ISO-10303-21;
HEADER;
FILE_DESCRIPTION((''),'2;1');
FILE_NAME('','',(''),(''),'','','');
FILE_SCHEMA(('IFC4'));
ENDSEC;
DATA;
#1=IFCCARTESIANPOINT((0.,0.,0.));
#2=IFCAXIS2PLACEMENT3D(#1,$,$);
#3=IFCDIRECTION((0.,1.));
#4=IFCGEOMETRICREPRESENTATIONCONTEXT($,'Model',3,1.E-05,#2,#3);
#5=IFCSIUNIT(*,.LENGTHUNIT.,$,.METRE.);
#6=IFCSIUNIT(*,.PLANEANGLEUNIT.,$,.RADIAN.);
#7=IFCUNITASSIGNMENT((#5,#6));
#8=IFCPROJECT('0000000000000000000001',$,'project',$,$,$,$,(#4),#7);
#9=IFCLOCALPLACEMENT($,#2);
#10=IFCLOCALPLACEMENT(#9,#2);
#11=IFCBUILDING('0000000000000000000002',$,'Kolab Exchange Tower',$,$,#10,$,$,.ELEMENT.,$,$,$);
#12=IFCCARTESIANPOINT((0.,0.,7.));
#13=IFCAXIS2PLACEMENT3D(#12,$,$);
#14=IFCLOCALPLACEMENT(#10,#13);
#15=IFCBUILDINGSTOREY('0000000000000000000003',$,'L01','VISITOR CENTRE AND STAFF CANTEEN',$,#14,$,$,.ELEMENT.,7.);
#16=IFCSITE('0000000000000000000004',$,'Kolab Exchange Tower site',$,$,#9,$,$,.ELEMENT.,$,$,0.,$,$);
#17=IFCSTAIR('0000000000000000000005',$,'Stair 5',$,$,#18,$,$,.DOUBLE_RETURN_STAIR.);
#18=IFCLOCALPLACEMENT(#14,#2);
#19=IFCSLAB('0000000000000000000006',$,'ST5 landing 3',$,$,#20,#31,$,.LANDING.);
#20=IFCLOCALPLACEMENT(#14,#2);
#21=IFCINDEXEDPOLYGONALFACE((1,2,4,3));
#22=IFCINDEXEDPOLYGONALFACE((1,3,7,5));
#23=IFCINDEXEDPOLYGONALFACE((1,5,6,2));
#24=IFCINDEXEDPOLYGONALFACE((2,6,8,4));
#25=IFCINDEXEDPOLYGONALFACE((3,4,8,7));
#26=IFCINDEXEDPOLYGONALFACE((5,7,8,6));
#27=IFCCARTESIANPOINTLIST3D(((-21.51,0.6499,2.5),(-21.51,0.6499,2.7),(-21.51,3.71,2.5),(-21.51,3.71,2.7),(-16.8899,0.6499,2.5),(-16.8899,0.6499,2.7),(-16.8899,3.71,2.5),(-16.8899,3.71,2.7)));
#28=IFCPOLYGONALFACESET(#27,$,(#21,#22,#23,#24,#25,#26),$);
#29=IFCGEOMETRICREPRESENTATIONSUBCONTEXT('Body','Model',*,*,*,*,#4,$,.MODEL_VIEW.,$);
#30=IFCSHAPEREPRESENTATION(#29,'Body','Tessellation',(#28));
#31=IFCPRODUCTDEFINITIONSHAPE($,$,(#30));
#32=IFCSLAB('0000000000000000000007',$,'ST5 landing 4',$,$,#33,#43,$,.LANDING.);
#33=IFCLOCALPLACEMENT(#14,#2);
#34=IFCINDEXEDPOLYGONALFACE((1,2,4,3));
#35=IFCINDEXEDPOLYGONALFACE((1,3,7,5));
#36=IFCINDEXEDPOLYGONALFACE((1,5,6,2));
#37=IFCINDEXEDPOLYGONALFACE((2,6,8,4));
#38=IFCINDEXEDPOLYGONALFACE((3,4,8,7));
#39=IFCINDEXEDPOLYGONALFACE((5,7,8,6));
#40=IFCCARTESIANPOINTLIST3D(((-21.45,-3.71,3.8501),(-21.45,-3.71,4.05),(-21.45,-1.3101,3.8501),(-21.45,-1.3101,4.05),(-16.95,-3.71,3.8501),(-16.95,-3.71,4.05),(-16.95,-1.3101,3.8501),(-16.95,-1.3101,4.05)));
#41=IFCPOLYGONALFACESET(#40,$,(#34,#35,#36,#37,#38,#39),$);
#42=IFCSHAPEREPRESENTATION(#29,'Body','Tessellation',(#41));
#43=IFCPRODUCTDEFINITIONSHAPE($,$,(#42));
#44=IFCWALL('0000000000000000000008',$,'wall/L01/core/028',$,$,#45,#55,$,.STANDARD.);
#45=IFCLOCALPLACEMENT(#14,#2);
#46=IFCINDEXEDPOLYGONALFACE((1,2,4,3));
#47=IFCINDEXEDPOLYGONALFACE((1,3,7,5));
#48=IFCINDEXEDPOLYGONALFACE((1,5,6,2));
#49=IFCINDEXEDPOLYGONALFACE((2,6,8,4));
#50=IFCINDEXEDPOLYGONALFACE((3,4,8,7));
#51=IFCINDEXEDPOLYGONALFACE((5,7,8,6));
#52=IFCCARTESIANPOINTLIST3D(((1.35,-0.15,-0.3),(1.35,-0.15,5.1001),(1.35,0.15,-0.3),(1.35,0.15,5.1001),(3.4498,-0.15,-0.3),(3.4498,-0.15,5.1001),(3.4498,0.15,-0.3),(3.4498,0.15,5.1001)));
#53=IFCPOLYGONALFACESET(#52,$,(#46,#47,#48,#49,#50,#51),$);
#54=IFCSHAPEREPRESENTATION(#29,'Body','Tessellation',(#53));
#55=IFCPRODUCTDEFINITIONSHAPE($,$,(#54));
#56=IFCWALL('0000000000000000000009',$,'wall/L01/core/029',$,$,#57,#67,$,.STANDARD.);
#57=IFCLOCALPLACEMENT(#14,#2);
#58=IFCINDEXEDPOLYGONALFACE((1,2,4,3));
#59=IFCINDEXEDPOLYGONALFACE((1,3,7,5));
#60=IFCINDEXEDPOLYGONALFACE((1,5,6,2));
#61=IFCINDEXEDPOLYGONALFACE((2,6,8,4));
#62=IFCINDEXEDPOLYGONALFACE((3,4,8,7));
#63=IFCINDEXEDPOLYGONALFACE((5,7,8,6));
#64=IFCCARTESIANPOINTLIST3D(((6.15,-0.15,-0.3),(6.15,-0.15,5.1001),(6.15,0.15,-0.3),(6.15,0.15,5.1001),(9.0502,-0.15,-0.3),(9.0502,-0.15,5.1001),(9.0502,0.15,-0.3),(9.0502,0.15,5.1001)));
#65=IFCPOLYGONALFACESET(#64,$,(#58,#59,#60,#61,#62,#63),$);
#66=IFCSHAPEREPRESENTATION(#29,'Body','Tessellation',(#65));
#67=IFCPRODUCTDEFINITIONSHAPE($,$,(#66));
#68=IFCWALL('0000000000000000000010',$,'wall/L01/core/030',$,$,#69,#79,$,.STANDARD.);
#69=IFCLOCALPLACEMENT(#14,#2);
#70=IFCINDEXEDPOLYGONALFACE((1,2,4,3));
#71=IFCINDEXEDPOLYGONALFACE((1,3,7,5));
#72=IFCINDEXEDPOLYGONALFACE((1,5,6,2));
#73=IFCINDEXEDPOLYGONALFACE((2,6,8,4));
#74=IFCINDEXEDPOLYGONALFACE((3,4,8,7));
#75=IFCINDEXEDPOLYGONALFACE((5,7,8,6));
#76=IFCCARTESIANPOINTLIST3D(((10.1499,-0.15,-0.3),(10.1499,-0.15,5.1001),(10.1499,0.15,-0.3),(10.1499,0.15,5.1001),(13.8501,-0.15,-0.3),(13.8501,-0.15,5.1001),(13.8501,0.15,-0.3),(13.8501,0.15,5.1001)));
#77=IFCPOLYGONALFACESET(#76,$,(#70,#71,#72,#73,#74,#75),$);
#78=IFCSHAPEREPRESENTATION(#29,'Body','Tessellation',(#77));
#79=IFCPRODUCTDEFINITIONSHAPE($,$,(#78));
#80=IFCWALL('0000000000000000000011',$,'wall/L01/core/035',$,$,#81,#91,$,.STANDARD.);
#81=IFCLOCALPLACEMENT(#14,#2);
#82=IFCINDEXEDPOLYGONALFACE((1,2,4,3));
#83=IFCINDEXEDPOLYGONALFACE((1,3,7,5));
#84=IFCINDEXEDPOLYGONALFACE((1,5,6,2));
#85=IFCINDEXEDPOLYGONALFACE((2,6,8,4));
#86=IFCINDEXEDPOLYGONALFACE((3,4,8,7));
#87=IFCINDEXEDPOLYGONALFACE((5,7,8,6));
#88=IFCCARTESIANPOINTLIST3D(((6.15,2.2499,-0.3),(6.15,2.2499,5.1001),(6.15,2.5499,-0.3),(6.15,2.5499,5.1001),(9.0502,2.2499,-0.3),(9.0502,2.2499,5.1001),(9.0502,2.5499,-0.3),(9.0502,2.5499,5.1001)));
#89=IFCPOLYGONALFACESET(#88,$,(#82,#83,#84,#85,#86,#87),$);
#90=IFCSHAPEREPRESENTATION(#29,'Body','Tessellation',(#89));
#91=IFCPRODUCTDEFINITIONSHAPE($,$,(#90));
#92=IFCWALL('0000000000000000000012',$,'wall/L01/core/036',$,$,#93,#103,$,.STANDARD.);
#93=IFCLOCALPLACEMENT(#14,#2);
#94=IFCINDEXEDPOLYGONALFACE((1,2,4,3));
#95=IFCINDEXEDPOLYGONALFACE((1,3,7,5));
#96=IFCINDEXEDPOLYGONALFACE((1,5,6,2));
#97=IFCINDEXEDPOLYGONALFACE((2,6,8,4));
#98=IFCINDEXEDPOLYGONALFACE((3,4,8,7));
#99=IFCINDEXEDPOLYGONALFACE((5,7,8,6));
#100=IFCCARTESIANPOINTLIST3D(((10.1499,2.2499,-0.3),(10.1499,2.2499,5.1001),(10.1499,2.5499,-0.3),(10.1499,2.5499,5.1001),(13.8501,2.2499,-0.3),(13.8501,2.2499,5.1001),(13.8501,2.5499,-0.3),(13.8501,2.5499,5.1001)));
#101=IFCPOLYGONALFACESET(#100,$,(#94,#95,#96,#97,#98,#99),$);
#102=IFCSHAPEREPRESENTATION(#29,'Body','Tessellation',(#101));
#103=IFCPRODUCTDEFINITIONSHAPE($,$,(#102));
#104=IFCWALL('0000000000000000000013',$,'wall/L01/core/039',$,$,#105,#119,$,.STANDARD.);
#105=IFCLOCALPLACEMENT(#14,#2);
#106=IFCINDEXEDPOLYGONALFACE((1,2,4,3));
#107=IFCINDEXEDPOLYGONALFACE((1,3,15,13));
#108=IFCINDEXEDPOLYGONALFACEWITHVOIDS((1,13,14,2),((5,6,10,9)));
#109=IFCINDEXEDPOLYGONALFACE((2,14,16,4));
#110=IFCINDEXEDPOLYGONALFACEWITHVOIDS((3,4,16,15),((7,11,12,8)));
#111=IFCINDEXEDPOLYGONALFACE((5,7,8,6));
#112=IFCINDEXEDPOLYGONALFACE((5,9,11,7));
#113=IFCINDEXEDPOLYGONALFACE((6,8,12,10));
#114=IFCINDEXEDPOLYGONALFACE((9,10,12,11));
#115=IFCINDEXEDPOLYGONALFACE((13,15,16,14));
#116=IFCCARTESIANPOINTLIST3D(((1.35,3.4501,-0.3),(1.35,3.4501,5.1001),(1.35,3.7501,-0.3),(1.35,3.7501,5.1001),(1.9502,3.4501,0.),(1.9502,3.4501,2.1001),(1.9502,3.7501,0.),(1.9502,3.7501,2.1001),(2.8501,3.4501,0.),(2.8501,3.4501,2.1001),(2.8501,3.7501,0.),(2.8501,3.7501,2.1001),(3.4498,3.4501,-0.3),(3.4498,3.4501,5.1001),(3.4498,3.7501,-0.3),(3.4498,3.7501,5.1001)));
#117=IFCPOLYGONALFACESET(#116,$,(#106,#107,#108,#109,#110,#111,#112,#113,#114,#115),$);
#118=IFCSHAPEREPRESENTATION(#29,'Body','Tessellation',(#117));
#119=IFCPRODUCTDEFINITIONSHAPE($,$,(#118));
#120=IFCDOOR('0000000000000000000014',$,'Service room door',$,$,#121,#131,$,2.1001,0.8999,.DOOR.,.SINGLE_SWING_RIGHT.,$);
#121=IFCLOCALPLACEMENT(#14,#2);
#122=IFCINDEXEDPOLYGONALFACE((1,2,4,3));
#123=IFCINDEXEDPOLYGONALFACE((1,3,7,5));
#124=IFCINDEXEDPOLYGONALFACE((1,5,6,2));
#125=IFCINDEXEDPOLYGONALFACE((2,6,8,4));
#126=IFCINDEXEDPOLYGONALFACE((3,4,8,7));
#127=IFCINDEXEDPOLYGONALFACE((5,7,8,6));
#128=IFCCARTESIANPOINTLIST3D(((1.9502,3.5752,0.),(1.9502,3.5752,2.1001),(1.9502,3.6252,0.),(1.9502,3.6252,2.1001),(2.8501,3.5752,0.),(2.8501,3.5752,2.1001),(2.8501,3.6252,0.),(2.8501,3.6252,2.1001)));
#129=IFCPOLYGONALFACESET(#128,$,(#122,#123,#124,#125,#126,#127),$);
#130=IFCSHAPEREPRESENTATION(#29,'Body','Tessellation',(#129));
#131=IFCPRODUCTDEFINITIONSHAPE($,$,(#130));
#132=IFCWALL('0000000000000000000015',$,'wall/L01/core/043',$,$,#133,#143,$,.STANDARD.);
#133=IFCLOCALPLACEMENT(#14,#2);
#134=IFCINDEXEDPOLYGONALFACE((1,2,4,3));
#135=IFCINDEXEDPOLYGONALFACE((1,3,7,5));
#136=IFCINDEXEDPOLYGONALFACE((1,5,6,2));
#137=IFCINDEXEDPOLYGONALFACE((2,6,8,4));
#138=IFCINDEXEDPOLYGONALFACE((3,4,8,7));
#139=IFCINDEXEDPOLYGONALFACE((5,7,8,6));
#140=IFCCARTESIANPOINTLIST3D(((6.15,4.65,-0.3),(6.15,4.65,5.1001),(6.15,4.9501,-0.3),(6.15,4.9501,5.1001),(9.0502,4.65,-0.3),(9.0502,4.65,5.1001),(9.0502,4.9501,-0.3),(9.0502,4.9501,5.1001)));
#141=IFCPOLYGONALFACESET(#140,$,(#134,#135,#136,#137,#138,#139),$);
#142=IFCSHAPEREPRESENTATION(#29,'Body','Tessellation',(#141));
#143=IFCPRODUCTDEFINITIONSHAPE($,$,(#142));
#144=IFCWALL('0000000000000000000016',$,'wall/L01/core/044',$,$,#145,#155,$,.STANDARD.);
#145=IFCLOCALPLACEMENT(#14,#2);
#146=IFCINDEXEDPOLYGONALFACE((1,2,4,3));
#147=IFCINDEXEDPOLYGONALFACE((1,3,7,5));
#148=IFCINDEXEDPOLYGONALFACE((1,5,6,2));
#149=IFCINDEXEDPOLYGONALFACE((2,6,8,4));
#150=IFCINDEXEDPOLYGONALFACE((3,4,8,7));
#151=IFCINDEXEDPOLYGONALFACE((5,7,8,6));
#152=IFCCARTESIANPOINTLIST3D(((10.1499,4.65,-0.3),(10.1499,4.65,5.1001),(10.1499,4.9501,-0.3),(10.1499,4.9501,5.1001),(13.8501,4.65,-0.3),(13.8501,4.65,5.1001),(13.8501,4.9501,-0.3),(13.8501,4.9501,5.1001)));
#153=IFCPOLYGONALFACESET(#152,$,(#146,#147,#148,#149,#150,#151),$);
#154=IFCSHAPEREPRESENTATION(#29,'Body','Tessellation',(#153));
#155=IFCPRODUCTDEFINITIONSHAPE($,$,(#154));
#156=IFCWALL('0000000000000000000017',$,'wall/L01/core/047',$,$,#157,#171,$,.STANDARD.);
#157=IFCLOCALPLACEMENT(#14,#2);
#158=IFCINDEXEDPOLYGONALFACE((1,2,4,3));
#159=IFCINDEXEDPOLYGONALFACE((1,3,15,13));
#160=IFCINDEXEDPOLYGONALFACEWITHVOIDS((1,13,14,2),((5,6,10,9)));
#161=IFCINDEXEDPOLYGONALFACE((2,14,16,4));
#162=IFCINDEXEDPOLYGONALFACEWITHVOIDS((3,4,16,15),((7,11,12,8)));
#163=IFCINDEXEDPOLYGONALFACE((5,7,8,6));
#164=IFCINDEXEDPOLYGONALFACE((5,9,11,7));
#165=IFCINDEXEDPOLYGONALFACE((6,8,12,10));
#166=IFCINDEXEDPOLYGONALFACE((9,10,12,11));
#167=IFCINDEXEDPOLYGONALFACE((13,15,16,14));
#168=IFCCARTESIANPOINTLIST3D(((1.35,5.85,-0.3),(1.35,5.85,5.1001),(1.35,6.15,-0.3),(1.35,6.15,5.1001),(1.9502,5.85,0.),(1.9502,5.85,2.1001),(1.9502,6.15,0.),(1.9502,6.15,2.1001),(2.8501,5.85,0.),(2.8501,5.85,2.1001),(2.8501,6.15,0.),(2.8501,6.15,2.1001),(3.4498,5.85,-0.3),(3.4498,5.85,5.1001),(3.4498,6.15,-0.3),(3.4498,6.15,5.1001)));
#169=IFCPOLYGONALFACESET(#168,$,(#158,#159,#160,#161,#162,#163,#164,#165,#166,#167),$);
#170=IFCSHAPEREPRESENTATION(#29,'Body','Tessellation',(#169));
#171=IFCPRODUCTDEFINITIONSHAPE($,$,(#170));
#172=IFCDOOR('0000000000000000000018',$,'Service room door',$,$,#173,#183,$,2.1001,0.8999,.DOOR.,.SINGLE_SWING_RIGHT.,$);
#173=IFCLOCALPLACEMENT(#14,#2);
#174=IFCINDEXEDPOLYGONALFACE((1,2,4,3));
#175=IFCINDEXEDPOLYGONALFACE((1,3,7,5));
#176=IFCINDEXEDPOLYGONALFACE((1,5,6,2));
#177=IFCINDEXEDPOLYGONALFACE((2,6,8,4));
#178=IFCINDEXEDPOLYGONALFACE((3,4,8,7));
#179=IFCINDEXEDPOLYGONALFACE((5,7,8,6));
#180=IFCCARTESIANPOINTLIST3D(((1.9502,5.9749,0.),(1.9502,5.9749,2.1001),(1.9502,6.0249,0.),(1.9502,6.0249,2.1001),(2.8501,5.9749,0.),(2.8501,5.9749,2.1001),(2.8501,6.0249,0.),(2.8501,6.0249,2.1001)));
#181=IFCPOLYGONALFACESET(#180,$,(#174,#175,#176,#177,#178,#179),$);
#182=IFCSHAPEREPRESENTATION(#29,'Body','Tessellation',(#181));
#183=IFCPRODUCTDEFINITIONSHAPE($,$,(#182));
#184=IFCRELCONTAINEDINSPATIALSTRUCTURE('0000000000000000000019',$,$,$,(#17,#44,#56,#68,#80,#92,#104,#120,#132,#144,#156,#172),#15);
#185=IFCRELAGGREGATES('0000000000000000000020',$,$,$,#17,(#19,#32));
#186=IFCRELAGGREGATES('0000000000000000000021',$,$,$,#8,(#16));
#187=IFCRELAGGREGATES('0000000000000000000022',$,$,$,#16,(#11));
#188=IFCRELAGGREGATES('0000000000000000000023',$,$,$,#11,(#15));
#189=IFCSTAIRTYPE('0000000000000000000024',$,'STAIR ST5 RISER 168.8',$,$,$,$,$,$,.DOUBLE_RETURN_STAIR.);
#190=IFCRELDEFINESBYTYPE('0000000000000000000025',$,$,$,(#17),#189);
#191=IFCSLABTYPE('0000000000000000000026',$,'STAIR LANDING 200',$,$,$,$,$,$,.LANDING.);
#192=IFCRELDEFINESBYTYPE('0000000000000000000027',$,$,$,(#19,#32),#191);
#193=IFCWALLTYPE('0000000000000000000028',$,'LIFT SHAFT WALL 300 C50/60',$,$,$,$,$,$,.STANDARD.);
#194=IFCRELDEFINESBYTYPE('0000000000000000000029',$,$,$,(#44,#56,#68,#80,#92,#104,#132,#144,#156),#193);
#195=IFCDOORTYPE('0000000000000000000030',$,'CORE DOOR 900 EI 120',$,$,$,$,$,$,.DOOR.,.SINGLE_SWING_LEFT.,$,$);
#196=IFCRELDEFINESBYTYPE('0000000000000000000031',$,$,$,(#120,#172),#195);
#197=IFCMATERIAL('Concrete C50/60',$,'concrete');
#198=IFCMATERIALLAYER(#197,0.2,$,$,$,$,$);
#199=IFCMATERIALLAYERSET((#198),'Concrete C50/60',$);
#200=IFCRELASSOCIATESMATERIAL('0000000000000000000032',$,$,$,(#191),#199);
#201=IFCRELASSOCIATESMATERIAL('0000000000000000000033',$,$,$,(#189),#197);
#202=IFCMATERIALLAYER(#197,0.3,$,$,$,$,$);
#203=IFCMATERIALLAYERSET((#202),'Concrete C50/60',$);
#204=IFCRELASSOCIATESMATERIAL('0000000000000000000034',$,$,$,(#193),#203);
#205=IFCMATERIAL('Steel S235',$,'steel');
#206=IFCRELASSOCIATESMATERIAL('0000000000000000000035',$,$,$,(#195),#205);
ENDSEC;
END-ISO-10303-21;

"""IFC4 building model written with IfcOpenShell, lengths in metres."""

from ifc_helpers import new_model, si_unit, direction, frame, frame_2d, origin, place, context, subcontext, project, spatial, polyline, rectangle, outline, extrude, material, layer, layer_set, type_object, element, fill, aggregate, save


model = new_model("IFC4")

# Units and contexts
model_context = context("Model", 3, precision=1e-05, world=origin(), true_north=direction((0.0, 1.0)))
body_context = subcontext(model_context, "Body", "Model", "MODEL_VIEW")
ifc_project = project(units=[si_unit("LENGTHUNIT", "METRE"), si_unit("PLANEANGLEUNIT", "RADIAN")], contexts=[model_context])

# Site, building, storey
site_placement = place(None, origin())
site = spatial("IfcSite", under=ifc_project, at=site_placement, Name="Kolab Exchange Tower site", CompositionType="ELEMENT", RefElevation=0.0)
building_placement = place(site_placement, origin())
building = spatial("IfcBuilding", under=site, at=building_placement, Name="Kolab Exchange Tower", CompositionType="ELEMENT")
storey_placement = place(building_placement, frame((0.0, 0.0, 7.0)))
storey = spatial("IfcBuildingStorey", under=building, at=storey_placement, Name="L01", Description="VISITOR CENTRE AND STAFF CANTEEN", CompositionType="ELEMENT", Elevation=7.0)

# Stair, slabs
ifc_material_1 = material(Name="Concrete C50/60", Category="concrete")
ifc_layer_1 = layer(ifc_material_1, 0.2)
ifc_layer_set_1 = layer_set([ifc_layer_1], Name="Concrete C50/60")
slab_type = type_object("IfcSlabType", Name="STAIR LANDING 200", PredefinedType="LANDING", material=ifc_layer_set_1)
stair_type_1 = type_object("IfcStairType", Name="STAIR ST5 RISER 168.8", PredefinedType="DOUBLE_RETURN_STAIR", material=ifc_material_1)
stair_1_placement = place(storey_placement, origin())
stair_1 = element("IfcStair", 1, at=stair_1_placement, inside=storey, type_object=stair_type_1, Name="Stair 5", PredefinedType="DOUBLE_RETURN_STAIR")
slab_1_placement = place(storey_placement, frame((0.0, 0.0, 2.5)))
slab_1 = element("IfcSlab", 2, at=slab_1_placement, type_object=slab_type, Name="ST5 landing 3", PredefinedType="LANDING", context=body_context, shape_type="SweptSolid", body=[
    extrude(outline(polyline([(-21.51, 0.6499), (-16.8899, 0.6499), (-16.8899, 3.71), (-21.51, 3.71), (-21.51, 0.6499)])), origin(), (0.0, 0.0, 1.0), 0.2),
])
slab_2_placement = place(storey_placement, frame((0.0, 0.0, 3.8501)))
slab_2 = element("IfcSlab", 3, at=slab_2_placement, type_object=slab_type, Name="ST5 landing 4", PredefinedType="LANDING", context=body_context, shape_type="SweptSolid", body=[
    extrude(outline(polyline([(-21.45, -3.71), (-16.95, -3.71), (-16.95, -1.3101), (-21.45, -1.3101), (-21.45, -3.71)])), origin(), (0.0, 0.0, 1.0), 0.2),
])
aggregate(stair_1, [slab_1, slab_2])

# Walls
ifc_layer_2 = layer(ifc_material_1, 0.3)
ifc_layer_set_2 = layer_set([ifc_layer_2], Name="Concrete C50/60")
wall_type_1 = type_object("IfcWallType", Name="LIFT SHAFT WALL 300 C50/60", PredefinedType="STANDARD", material=ifc_layer_set_2)
wall_1_placement = place(storey_placement, frame((1.3501, 0.0, -0.3), z_axis=(0.0, 0.0, 1.0), x_axis=(1.0, 0.0, 0.0)))
element("IfcWall", 4, at=wall_1_placement, inside=storey, type_object=wall_type_1, Name="wall/L01/core/028", PredefinedType="STANDARD", context=body_context, shape_type="SweptSolid", body=[
    extrude(rectangle(XDim=2.0999, YDim=0.3, at=frame_2d((1.0498, 0.0))), origin(), (0.0, 0.0, 1.0), 5.4001),
])
wall_2_placement = place(storey_placement, frame((6.1499, 0.0, -0.3), z_axis=(0.0, 0.0, 1.0), x_axis=(1.0, 0.0, 0.0)))
element("IfcWall", 5, at=wall_2_placement, inside=storey, type_object=wall_type_1, Name="wall/L01/core/029", PredefinedType="STANDARD", context=body_context, shape_type="SweptSolid", body=[
    extrude(rectangle(XDim=2.9001, YDim=0.3, at=frame_2d((1.4502, 0.0))), origin(), (0.0, 0.0, 1.0), 5.4001),
])
wall_3_placement = place(storey_placement, frame((10.1499, 0.0, -0.3), z_axis=(0.0, 0.0, 1.0), x_axis=(1.0, 0.0, 0.0)))
element("IfcWall", 6, at=wall_3_placement, inside=storey, type_object=wall_type_1, Name="wall/L01/core/030", PredefinedType="STANDARD", context=body_context, shape_type="SweptSolid", body=[
    extrude(rectangle(XDim=3.7002, YDim=0.3, at=frame_2d((1.8501, 0.0))), origin(), (0.0, 0.0, 1.0), 5.4001),
])
wall_4_placement = place(storey_placement, frame((6.1499, 2.3999, -0.3), z_axis=(0.0, 0.0, 1.0), x_axis=(1.0, 0.0, 0.0)))
element("IfcWall", 7, at=wall_4_placement, inside=storey, type_object=wall_type_1, Name="wall/L01/core/035", PredefinedType="STANDARD", context=body_context, shape_type="SweptSolid", body=[
    extrude(rectangle(XDim=2.9001, YDim=0.3, at=frame_2d((1.4502, 0.0))), origin(), (0.0, 0.0, 1.0), 5.4001),
])
wall_5_placement = place(storey_placement, frame((10.1499, 2.3999, -0.3), z_axis=(0.0, 0.0, 1.0), x_axis=(1.0, 0.0, 0.0)))
element("IfcWall", 8, at=wall_5_placement, inside=storey, type_object=wall_type_1, Name="wall/L01/core/036", PredefinedType="STANDARD", context=body_context, shape_type="SweptSolid", body=[
    extrude(rectangle(XDim=3.7002, YDim=0.3, at=frame_2d((1.8501, 0.0))), origin(), (0.0, 0.0, 1.0), 5.4001),
])

# Wall, opening, door
wall_6_placement = place(storey_placement, frame((1.3501, 3.6001, -0.3), z_axis=(0.0, 0.0, 1.0), x_axis=(1.0, 0.0, 0.0)))
wall_6 = element("IfcWall", 9, at=wall_6_placement, inside=storey, type_object=wall_type_1, Name="wall/L01/core/039", PredefinedType="STANDARD", context=body_context, shape_type="SweptSolid", body=[
    extrude(rectangle(XDim=2.0999, YDim=0.3, at=frame_2d((1.0498, 0.0))), origin(), (0.0, 0.0, 1.0), 5.4001),
])
opening_1_placement = place(wall_6_placement, frame((0.6001, 0.0, 0.3)))
opening_1 = element("IfcOpeningElement", 10, at=opening_1_placement, cuts=wall_6, PredefinedType="OPENING", context=body_context, shape_type="SweptSolid", body=[
    extrude(rectangle(XDim=0.8999, YDim=2.1001, at=frame_2d((0.45, 1.05))), frame((0.0, 0.1602, 0.0), z_axis=(0.0, -1.0, 0.0), x_axis=(1.0, 0.0, 0.0)), (0.0, 0.0, 1.0), 0.3201),
])
ifc_material_2 = material(Name="Steel S235", Category="steel")
door_type_1 = type_object("IfcDoorType", Name="CORE DOOR 900 EI 120", OperationType="SINGLE_SWING_LEFT", PredefinedType="DOOR", material=ifc_material_2)
door_1_placement = place(opening_1_placement, frame((0.8999, 0.0, 0.0), z_axis=(0.0, 0.0, 1.0), x_axis=(-1.0, 0.0, 0.0)))
door_1 = element("IfcDoor", 11, at=door_1_placement, inside=storey, type_object=door_type_1, Name="Service room door", OperationType="SINGLE_SWING_RIGHT", OverallHeight=2.1001, OverallWidth=0.8999, PredefinedType="DOOR", context=body_context, shape_type="SweptSolid", body=[
    extrude(rectangle(XDim=0.8999, YDim=2.1001, at=frame_2d((0.45, 1.05))), frame((0.0, 0.0249, 0.0), z_axis=(0.0, -1.0, 0.0), x_axis=(1.0, 0.0, 0.0)), (0.0, 0.0, 1.0), 0.05),
])
fill(opening_1, door_1)

# Walls
wall_7_placement = place(storey_placement, frame((6.1499, 4.8, -0.3), z_axis=(0.0, 0.0, 1.0), x_axis=(1.0, 0.0, 0.0)))
element("IfcWall", 12, at=wall_7_placement, inside=storey, type_object=wall_type_1, Name="wall/L01/core/043", PredefinedType="STANDARD", context=body_context, shape_type="SweptSolid", body=[
    extrude(rectangle(XDim=2.9001, YDim=0.3, at=frame_2d((1.4502, 0.0))), origin(), (0.0, 0.0, 1.0), 5.4001),
])
wall_8_placement = place(storey_placement, frame((10.1499, 4.8, -0.3), z_axis=(0.0, 0.0, 1.0), x_axis=(1.0, 0.0, 0.0)))
element("IfcWall", 13, at=wall_8_placement, inside=storey, type_object=wall_type_1, Name="wall/L01/core/044", PredefinedType="STANDARD", context=body_context, shape_type="SweptSolid", body=[
    extrude(rectangle(XDim=3.7002, YDim=0.3, at=frame_2d((1.8501, 0.0))), origin(), (0.0, 0.0, 1.0), 5.4001),
])

# Wall, opening, door
wall_9_placement = place(storey_placement, frame((1.3501, 6.0, -0.3), z_axis=(0.0, 0.0, 1.0), x_axis=(1.0, 0.0, 0.0)))
wall_9 = element("IfcWall", 14, at=wall_9_placement, inside=storey, type_object=wall_type_1, Name="wall/L01/core/047", PredefinedType="STANDARD", context=body_context, shape_type="SweptSolid", body=[
    extrude(rectangle(XDim=2.0999, YDim=0.3, at=frame_2d((1.0498, 0.0))), origin(), (0.0, 0.0, 1.0), 5.4001),
])
opening_2_placement = place(wall_9_placement, frame((0.6001, 0.0, 0.3)))
opening_2 = element("IfcOpeningElement", 15, at=opening_2_placement, cuts=wall_9, PredefinedType="OPENING", context=body_context, shape_type="SweptSolid", body=[
    extrude(rectangle(XDim=0.8999, YDim=2.1001, at=frame_2d((0.45, 1.05))), frame((0.0, 0.1602, 0.0), z_axis=(0.0, -1.0, 0.0), x_axis=(1.0, 0.0, 0.0)), (0.0, 0.0, 1.0), 0.3201),
])
door_2_placement = place(opening_2_placement, origin())
door_2 = element("IfcDoor", 16, at=door_2_placement, inside=storey, type_object=door_type_1, Name="Service room door", OperationType="SINGLE_SWING_RIGHT", OverallHeight=2.1001, OverallWidth=0.8999, PredefinedType="DOOR", context=body_context, shape_type="SweptSolid", body=[
    extrude(rectangle(XDim=0.8999, YDim=2.1001, at=frame_2d((0.45, 1.05))), frame((0.0, 0.0249, 0.0), z_axis=(0.0, -1.0, 0.0), x_axis=(1.0, 0.0, 0.0)), (0.0, 0.0, 1.0), 0.05),
])
fill(opening_2, door_2)

save(model, "model.ifc")
